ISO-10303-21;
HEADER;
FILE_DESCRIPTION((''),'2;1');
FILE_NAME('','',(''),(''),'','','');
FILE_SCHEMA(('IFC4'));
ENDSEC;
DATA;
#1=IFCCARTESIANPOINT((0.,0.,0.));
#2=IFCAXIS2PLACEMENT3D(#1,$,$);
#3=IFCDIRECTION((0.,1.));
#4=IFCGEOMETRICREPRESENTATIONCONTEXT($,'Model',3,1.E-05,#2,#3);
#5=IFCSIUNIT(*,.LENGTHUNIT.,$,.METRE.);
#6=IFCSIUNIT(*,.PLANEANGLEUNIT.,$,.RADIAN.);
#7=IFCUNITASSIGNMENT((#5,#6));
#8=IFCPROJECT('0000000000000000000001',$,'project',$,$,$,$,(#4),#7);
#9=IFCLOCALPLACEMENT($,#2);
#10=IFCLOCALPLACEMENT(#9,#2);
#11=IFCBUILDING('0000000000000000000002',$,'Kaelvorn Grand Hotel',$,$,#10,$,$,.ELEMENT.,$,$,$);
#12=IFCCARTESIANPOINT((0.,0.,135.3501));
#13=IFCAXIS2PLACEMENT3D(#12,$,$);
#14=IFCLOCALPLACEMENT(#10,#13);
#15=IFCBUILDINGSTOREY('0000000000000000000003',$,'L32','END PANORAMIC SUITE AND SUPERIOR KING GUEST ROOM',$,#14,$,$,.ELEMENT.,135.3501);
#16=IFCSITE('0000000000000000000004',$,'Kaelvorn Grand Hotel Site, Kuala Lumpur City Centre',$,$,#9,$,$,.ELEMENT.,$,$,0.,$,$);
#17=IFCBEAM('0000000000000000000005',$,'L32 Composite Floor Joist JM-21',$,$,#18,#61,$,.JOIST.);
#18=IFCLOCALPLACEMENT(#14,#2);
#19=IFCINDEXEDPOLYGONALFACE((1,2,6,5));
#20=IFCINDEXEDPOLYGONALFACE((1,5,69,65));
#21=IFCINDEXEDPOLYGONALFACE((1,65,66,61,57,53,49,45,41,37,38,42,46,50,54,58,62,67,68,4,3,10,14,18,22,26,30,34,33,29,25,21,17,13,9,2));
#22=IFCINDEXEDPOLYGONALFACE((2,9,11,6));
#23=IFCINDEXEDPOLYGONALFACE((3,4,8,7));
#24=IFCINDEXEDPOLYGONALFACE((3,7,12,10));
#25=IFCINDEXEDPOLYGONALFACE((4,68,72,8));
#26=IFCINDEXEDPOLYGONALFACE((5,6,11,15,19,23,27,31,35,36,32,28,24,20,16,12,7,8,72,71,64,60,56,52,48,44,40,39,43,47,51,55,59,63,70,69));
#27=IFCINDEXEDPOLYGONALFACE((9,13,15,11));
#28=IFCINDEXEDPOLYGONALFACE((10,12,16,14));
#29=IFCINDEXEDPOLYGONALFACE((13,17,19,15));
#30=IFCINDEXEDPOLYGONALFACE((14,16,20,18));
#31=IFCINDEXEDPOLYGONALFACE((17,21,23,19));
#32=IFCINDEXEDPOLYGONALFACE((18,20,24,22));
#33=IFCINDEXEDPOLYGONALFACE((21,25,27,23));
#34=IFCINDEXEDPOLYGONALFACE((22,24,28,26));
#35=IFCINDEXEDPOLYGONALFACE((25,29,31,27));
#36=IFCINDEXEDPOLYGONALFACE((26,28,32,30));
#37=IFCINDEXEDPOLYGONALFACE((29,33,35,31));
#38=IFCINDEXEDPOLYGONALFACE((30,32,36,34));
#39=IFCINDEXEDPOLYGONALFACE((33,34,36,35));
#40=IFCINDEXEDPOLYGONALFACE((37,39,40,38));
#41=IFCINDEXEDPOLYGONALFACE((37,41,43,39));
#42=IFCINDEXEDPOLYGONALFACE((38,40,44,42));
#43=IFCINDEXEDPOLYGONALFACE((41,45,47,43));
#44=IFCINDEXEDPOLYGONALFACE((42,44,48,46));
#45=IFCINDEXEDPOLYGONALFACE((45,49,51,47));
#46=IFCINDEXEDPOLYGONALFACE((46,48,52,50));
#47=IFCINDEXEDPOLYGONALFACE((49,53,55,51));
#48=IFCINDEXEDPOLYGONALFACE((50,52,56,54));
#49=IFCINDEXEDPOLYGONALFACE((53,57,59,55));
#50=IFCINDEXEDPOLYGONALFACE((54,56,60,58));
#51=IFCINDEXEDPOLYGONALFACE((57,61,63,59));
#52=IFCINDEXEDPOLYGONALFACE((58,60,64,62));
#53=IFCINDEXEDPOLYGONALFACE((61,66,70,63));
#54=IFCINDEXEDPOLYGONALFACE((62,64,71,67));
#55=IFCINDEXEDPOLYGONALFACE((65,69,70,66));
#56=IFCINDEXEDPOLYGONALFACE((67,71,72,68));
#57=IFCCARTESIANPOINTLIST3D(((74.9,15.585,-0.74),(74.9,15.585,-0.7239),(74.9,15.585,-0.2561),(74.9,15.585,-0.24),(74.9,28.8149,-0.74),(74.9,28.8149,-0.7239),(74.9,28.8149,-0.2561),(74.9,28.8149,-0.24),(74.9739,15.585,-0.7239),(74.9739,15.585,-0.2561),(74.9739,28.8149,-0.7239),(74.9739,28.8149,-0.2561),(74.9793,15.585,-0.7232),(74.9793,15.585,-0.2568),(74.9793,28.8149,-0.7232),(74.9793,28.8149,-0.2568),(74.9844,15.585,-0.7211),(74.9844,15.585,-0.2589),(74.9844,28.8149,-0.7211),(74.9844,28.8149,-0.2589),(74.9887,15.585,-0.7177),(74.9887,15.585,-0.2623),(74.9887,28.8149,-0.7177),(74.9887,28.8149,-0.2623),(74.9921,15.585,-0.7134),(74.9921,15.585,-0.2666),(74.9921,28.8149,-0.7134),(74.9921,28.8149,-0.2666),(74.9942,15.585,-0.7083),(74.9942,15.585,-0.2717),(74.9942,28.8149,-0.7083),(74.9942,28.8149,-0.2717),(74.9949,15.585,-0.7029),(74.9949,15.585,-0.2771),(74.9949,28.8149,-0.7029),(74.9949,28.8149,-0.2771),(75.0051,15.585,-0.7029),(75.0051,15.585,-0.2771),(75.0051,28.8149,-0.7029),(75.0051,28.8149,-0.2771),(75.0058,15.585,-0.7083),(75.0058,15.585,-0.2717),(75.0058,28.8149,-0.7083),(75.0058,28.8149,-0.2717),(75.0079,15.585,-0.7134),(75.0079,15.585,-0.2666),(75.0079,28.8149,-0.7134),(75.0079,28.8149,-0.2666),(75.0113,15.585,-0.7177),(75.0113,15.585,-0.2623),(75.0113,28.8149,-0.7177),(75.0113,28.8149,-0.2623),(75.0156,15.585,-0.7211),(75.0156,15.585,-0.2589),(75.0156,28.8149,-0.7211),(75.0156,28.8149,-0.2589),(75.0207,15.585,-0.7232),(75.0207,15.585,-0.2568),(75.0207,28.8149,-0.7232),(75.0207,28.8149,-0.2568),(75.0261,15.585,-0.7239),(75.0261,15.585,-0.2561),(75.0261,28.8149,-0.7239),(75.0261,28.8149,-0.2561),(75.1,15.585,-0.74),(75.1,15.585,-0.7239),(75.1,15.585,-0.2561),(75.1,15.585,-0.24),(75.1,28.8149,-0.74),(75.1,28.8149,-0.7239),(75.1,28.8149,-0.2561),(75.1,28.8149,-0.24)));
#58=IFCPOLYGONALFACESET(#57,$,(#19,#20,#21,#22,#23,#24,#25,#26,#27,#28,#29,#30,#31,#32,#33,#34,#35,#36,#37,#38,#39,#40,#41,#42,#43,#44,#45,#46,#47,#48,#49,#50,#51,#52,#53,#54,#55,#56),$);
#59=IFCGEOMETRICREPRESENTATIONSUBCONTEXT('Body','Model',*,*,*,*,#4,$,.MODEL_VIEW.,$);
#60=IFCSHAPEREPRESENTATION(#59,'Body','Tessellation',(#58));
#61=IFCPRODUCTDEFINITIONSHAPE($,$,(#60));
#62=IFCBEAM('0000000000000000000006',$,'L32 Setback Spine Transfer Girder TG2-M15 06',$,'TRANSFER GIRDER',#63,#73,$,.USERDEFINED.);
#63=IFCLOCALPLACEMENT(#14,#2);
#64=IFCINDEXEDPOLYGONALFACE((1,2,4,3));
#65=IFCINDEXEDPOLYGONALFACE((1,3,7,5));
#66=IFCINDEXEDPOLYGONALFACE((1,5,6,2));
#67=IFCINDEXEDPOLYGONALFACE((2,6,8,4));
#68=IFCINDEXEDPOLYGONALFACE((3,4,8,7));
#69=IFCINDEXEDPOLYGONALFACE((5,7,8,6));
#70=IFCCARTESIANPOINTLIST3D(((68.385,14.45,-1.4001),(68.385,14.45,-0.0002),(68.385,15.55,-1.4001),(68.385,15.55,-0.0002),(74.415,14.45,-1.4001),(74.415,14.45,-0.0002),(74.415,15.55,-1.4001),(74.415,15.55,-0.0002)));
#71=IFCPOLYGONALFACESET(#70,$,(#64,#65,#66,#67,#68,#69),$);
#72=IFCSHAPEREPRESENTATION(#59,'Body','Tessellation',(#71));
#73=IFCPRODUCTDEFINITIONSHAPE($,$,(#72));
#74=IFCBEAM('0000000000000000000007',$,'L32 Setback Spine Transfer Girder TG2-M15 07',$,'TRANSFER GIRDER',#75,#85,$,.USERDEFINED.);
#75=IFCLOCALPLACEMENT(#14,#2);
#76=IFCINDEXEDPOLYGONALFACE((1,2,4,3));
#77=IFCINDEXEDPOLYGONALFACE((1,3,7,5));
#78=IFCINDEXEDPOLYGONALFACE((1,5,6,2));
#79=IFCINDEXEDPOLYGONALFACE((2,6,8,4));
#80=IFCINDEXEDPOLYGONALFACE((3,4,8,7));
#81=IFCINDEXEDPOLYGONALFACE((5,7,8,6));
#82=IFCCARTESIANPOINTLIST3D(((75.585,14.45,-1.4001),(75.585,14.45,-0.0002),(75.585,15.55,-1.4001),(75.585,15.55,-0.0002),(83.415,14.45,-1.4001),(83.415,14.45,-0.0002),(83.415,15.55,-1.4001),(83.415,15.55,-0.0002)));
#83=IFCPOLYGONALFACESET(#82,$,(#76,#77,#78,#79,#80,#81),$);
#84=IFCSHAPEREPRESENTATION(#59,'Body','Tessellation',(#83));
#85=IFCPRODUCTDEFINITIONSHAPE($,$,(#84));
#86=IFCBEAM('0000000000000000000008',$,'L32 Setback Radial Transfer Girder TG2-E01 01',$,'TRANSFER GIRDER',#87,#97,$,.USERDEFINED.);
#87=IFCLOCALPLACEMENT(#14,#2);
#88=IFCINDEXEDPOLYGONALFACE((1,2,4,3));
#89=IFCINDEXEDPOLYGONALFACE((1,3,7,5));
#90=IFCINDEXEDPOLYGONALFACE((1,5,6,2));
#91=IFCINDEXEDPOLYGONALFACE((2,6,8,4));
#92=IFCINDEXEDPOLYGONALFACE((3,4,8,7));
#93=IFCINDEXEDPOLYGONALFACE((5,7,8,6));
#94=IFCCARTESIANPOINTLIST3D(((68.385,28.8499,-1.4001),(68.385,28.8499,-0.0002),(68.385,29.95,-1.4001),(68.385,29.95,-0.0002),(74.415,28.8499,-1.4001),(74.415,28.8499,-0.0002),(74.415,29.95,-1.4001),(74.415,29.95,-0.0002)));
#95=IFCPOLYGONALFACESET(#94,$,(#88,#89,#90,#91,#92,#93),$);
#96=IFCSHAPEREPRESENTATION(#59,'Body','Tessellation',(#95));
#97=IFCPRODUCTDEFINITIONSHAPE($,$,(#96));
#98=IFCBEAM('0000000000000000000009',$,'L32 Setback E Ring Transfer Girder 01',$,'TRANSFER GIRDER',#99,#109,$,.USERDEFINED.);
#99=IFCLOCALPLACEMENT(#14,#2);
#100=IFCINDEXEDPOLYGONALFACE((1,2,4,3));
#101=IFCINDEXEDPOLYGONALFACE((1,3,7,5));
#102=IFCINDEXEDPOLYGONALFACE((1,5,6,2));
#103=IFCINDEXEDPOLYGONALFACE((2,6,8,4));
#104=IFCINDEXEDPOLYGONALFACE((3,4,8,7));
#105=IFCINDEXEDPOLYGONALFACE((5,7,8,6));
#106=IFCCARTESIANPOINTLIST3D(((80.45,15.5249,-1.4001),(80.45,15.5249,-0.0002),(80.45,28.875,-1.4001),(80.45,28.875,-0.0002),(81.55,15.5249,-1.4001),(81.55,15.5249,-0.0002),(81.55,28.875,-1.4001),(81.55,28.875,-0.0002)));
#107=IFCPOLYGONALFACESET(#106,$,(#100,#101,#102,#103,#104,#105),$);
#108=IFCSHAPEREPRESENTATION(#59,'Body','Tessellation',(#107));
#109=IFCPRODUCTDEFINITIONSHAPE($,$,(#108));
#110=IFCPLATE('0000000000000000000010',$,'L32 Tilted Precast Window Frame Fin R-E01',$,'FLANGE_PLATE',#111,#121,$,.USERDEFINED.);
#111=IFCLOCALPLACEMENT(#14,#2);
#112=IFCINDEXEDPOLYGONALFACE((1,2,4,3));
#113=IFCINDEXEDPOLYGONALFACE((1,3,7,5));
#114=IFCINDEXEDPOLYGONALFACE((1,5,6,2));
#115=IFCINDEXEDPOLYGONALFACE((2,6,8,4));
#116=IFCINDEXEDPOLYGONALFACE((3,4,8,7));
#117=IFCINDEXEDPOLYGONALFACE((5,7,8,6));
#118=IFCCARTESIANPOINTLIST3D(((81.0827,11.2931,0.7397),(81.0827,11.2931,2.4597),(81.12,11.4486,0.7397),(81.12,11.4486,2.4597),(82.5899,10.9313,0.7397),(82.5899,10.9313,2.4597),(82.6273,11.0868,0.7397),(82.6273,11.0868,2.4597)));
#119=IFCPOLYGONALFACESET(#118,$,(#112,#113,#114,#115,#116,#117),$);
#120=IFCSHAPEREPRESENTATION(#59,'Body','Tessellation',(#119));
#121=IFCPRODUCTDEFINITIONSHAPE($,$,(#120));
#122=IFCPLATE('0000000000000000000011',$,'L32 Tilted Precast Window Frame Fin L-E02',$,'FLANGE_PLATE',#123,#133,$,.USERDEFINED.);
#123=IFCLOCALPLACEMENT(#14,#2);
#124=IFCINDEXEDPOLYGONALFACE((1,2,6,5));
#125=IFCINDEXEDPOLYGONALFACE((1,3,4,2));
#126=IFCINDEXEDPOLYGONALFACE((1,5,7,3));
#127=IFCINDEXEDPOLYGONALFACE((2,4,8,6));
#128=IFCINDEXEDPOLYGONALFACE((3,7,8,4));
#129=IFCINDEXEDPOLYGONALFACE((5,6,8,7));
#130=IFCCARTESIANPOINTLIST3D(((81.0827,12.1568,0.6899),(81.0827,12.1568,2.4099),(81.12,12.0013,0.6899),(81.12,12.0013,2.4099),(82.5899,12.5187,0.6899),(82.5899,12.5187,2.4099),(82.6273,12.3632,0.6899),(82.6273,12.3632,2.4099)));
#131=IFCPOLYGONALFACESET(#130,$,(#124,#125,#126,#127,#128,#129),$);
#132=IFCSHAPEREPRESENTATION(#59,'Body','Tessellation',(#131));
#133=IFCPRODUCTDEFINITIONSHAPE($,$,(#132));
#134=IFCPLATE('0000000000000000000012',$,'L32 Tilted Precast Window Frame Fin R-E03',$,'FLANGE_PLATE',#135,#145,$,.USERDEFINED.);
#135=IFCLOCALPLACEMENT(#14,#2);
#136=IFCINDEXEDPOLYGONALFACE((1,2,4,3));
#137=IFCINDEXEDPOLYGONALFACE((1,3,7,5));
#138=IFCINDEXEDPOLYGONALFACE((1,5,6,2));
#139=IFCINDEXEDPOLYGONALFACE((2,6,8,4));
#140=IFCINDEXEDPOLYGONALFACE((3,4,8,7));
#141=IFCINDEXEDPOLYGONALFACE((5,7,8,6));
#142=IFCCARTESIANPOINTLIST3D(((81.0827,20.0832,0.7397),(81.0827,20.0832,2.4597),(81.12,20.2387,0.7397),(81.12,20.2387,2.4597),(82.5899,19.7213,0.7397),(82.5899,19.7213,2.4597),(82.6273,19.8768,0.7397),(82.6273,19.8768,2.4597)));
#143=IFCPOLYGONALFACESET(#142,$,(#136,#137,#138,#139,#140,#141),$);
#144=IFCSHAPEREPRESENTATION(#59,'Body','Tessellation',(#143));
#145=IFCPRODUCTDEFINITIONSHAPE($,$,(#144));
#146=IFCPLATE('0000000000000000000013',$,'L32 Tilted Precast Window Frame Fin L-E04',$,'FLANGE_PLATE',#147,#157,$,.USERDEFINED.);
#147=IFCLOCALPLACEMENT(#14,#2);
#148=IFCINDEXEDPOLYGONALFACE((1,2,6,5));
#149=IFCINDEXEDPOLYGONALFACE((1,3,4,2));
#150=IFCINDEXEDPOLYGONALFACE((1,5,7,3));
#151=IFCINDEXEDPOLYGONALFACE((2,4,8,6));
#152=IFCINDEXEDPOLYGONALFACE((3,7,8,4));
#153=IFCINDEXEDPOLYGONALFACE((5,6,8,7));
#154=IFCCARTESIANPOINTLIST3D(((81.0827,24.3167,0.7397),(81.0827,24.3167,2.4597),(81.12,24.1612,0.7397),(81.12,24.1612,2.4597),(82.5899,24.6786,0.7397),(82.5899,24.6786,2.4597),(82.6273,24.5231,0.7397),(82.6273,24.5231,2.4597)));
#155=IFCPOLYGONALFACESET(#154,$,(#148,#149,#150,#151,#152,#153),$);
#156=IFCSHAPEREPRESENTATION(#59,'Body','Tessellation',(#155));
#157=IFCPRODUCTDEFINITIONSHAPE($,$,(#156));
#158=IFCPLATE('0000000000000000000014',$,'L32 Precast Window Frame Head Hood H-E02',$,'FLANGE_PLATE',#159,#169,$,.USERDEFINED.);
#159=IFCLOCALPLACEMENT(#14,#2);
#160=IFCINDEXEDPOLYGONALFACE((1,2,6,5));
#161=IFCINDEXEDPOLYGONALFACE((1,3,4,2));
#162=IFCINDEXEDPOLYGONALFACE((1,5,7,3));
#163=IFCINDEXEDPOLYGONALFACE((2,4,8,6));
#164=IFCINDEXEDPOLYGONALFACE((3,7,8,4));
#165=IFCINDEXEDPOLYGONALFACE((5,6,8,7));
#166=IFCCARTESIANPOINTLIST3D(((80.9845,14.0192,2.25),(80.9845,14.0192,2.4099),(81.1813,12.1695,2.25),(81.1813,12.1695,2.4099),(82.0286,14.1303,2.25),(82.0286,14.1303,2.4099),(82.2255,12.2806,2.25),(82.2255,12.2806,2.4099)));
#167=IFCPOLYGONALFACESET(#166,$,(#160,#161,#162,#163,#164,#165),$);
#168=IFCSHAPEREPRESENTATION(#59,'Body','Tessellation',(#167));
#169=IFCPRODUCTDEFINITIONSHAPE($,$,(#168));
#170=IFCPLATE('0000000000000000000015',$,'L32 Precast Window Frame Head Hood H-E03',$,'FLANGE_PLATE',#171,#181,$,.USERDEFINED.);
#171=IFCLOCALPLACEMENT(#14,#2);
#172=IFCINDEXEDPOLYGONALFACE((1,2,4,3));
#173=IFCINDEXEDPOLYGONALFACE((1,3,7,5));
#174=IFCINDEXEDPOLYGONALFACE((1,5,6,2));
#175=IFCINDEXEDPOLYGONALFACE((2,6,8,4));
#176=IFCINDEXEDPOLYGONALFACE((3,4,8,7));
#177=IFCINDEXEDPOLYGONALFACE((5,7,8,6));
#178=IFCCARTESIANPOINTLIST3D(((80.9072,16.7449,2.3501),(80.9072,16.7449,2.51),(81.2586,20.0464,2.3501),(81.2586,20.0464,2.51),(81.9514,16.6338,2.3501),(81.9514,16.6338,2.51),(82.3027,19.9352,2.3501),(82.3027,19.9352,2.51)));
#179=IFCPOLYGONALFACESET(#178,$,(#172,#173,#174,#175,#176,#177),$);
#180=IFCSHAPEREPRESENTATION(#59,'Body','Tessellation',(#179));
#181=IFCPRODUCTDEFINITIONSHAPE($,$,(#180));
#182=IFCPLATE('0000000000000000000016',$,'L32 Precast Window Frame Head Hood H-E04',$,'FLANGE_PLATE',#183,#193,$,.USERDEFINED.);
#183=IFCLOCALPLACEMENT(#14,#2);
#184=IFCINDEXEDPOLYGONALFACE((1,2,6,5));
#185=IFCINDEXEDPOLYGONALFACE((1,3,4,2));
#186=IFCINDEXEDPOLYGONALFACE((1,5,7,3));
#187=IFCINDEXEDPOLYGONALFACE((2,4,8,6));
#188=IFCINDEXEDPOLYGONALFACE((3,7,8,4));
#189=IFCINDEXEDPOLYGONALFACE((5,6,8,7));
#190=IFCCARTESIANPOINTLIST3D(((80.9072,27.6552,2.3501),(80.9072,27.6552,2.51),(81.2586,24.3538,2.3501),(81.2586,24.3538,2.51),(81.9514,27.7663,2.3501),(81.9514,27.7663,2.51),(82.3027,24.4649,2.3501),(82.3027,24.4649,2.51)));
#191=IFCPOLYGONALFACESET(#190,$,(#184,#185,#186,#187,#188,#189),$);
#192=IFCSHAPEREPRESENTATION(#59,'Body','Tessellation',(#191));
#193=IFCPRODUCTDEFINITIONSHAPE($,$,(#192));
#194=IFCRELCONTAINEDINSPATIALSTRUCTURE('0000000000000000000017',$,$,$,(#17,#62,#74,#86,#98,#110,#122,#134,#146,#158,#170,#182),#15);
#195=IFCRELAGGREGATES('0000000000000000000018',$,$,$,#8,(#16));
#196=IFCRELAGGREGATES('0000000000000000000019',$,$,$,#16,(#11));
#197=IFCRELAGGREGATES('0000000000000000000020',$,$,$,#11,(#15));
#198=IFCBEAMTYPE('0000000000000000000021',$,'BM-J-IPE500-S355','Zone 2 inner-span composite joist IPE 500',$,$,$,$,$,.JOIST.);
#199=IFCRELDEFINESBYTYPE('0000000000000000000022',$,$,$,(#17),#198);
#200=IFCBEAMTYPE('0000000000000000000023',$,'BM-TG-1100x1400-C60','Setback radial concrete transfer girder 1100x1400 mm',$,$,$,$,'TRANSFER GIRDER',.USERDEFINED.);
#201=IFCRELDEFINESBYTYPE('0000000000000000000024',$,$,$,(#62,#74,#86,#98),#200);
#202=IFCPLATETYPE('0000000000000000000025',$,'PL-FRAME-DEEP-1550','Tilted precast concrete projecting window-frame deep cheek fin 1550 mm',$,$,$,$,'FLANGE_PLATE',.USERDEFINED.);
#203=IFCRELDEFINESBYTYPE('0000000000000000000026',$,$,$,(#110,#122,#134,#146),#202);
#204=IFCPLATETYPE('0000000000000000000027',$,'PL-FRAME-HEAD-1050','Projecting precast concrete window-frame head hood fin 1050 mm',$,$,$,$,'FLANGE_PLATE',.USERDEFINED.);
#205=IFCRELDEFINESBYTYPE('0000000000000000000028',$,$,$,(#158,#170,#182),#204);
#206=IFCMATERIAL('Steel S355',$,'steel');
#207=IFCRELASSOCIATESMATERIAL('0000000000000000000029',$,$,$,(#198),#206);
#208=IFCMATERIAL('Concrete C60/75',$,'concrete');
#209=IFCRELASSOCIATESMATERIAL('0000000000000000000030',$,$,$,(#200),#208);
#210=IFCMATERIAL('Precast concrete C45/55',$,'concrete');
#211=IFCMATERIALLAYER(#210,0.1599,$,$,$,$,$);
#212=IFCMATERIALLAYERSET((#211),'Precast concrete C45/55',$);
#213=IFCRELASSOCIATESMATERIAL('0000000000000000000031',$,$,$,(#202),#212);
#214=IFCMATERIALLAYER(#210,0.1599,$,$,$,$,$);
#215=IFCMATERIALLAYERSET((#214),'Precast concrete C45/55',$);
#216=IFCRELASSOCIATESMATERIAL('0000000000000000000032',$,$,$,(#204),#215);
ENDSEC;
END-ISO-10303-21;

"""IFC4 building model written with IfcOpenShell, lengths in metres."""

from ifc_helpers import new_model, si_unit, direction, frame, origin, origin_2d, place, context, subcontext, project, spatial, rectangle, i_section, extrude, material, layer, layer_set, material_profile, profile_set, type_object, element, save


model = new_model("IFC4")

# Units and contexts
model_context = context("Model", 3, precision=1e-05, world=origin(), true_north=direction((0.0, 1.0)))
body_context = subcontext(model_context, "Body", "Model", "MODEL_VIEW")
ifc_project = project(units=[si_unit("LENGTHUNIT", "METRE"), si_unit("PLANEANGLEUNIT", "RADIAN")], contexts=[model_context])

# Site, building, storey
site_placement = place(None, origin())
site = spatial("IfcSite", under=ifc_project, at=site_placement, Name="Kaelvorn Grand Hotel Site, Kuala Lumpur City Centre", CompositionType="ELEMENT", RefElevation=0.0)
building_placement = place(site_placement, origin())
building = spatial("IfcBuilding", under=site, at=building_placement, Name="Kaelvorn Grand Hotel", CompositionType="ELEMENT")
storey_placement = place(building_placement, frame((0.0, 0.0, 135.3501)))
storey = spatial("IfcBuildingStorey", under=building, at=storey_placement, Name="L32", Description="END PANORAMIC SUITE AND SUPERIOR KING GUEST ROOM", CompositionType="ELEMENT", Elevation=135.3501)

# Shared definitions
ifc_material_1 = material(Name="Concrete C60/75", Category="concrete")

# Beams
ifc_material_2 = material(Name="Steel S355", Category="steel")
ifc_material_profile_1 = material_profile(ifc_material_2, i_section(OverallWidth=0.2, OverallDepth=0.5, WebThickness=0.0103, FlangeThickness=0.0161, FilletRadius=0.021, at=origin_2d()), Name="IPE 500")
ifc_profile_set_1 = profile_set([ifc_material_profile_1], Name="Steel S355")
beam_type_1 = type_object("IfcBeamType", Name="BM-J-IPE500-S355", Description="Zone 2 inner-span composite joist IPE 500", PredefinedType="JOIST", material=ifc_profile_set_1)
beam_1_placement = place(storey_placement, frame((75.0, 15.585, -0.49), z_axis=(0.0, 1.0, 0.0), x_axis=(-1.0, 0.0, 0.0)))
element("IfcBeam", 1, at=beam_1_placement, inside=storey, type_object=beam_type_1, Name="L32 Composite Floor Joist JM-21", PredefinedType="JOIST", context=body_context, shape_type="SweptSolid", body=[
    extrude(i_section(OverallWidth=0.2, OverallDepth=0.5, WebThickness=0.0103, FlangeThickness=0.0161, FilletRadius=0.021, at=origin_2d()), origin(), (0.0, 0.0, 1.0), 13.23),
])
ifc_material_profile_2 = material_profile(ifc_material_1, rectangle(XDim=1.1001, YDim=1.3999, at=origin_2d()), Name="RC TG 1100x1400")
ifc_profile_set_2 = profile_set([ifc_material_profile_2], Name="Concrete C60/75")
beam_type_2 = type_object("IfcBeamType", Name="BM-TG-1100x1400-C60", Description="Setback radial concrete transfer girder 1100x1400 mm", ElementType="TRANSFER GIRDER", PredefinedType="USERDEFINED", material=ifc_profile_set_2)
beam_2_placement = place(storey_placement, frame((68.385, 15.0, -0.7002), z_axis=(1.0, 0.0, 0.0), x_axis=(0.0, 1.0, 0.0)))
element("IfcBeam", 2, at=beam_2_placement, inside=storey, type_object=beam_type_2, Name="L32 Setback Spine Transfer Girder TG2-M15 06", ObjectType="TRANSFER GIRDER", PredefinedType="USERDEFINED", context=body_context, shape_type="SweptSolid", body=[
    extrude(rectangle(XDim=1.1001, YDim=1.3999, at=origin_2d()), origin(), (0.0, 0.0, 1.0), 6.03),
])
beam_3_placement = place(storey_placement, frame((75.585, 15.0, -0.7002), z_axis=(1.0, 0.0, 0.0), x_axis=(0.0, 1.0, 0.0)))
element("IfcBeam", 3, at=beam_3_placement, inside=storey, type_object=beam_type_2, Name="L32 Setback Spine Transfer Girder TG2-M15 07", ObjectType="TRANSFER GIRDER", PredefinedType="USERDEFINED", context=body_context, shape_type="SweptSolid", body=[
    extrude(rectangle(XDim=1.1001, YDim=1.3999, at=origin_2d()), origin(), (0.0, 0.0, 1.0), 7.8301),
])
beam_4_placement = place(storey_placement, frame((68.385, 29.3999, -0.7002), z_axis=(1.0, 0.0, 0.0), x_axis=(0.0, 1.0, 0.0)))
element("IfcBeam", 4, at=beam_4_placement, inside=storey, type_object=beam_type_2, Name="L32 Setback Radial Transfer Girder TG2-E01 01", ObjectType="TRANSFER GIRDER", PredefinedType="USERDEFINED", context=body_context, shape_type="SweptSolid", body=[
    extrude(rectangle(XDim=1.1001, YDim=1.3999, at=origin_2d()), origin(), (0.0, 0.0, 1.0), 6.03),
])
beam_5_placement = place(storey_placement, frame((81.0, 15.5249, -0.7002), z_axis=(0.0, 1.0, 0.0), x_axis=(-1.0, 0.0, 0.0)))
element("IfcBeam", 5, at=beam_5_placement, inside=storey, type_object=beam_type_2, Name="L32 Setback E Ring Transfer Girder 01", ObjectType="TRANSFER GIRDER", PredefinedType="USERDEFINED", context=body_context, shape_type="SweptSolid", body=[
    extrude(rectangle(XDim=1.1001, YDim=1.3999, at=origin_2d()), origin(), (0.0, 0.0, 1.0), 13.3501),
])

# Plates
ifc_material_3 = material(Name="Precast concrete C45/55", Category="concrete")
ifc_layer_1 = layer(ifc_material_3, 0.1599)
ifc_layer_set_1 = layer_set([ifc_layer_1], Name="Precast concrete C45/55")
plate_type_1 = type_object("IfcPlateType", Name="PL-FRAME-DEEP-1550", Description="Tilted precast concrete projecting window-frame deep cheek fin 1550 mm", ElementType="FLANGE_PLATE", PredefinedType="USERDEFINED", material=ifc_layer_set_1)
for number, where, z_axis, x_axis, name in (
    (6, (81.855, 11.1899, 0.7397), (0.0, 0.0, 1.0), (0.233445, 0.97237, 0.0), "L32 Tilted Precast Window Frame Fin R-E01"),
    (7, (81.855, 12.26, 0.6899), (0.0, 0.0, 1.0), (-0.233445, 0.97237, 0.0), "L32 Tilted Precast Window Frame Fin L-E02"),
    (8, (81.855, 19.98, 0.7397), (0.0, 0.0, 1.0), (0.233445, 0.97237, 0.0), "L32 Tilted Precast Window Frame Fin R-E03"),
    (9, (81.855, 24.4199, 0.7397), (0.0, 0.0, 1.0), (-0.233445, 0.97237, 0.0), "L32 Tilted Precast Window Frame Fin L-E04"),
):
    element("IfcPlate", number, at=place(storey_placement, frame(where, z_axis=z_axis, x_axis=x_axis)), inside=storey, type_object=plate_type_1, Name=name, ObjectType="FLANGE_PLATE", PredefinedType="USERDEFINED", context=body_context, shape_type="SweptSolid", body=[
        extrude(rectangle(XDim=0.1599, YDim=1.55, at=origin_2d()), origin(), (0.0, 0.0, 1.0), 1.72),
    ])
ifc_layer_2 = layer(ifc_material_3, 0.1599)
ifc_layer_set_2 = layer_set([ifc_layer_2], Name="Precast concrete C45/55")
plate_type_2 = type_object("IfcPlateType", Name="PL-FRAME-HEAD-1050", Description="Projecting precast concrete window-frame head hood fin 1050 mm", ElementType="FLANGE_PLATE", PredefinedType="USERDEFINED", material=ifc_layer_set_2)
plate_placement = place(storey_placement, frame((81.605, 13.1499, 2.25), z_axis=(0.0, 0.0, 1.0), x_axis=(-0.10583, 0.994384, 0.0)))
element("IfcPlate", 10, at=plate_placement, inside=storey, type_object=plate_type_2, Name="L32 Precast Window Frame Head Hood H-E02", ObjectType="FLANGE_PLATE", PredefinedType="USERDEFINED", context=body_context, shape_type="SweptSolid", body=[
    extrude(rectangle(XDim=1.8601, YDim=1.05, at=origin_2d()), origin(), (0.0, 0.0, 1.0), 0.1599),
])
for number, where, z_axis, x_axis, name in (
    (11, (81.605, 18.3401, 2.3501), (0.0, 0.0, 1.0), (0.10583, 0.994384, 0.0), "L32 Precast Window Frame Head Hood H-E03"),
    (12, (81.605, 26.0601, 2.3501), (0.0, 0.0, 1.0), (-0.10583, 0.994384, 0.0), "L32 Precast Window Frame Head Hood H-E04"),
):
    element("IfcPlate", number, at=place(storey_placement, frame(where, z_axis=z_axis, x_axis=x_axis)), inside=storey, type_object=plate_type_2, Name=name, ObjectType="FLANGE_PLATE", PredefinedType="USERDEFINED", context=body_context, shape_type="SweptSolid", body=[
        extrude(rectangle(XDim=3.3201, YDim=1.05, at=origin_2d()), origin(), (0.0, 0.0, 1.0), 0.1599),
    ])

save(model, "model.ifc")
